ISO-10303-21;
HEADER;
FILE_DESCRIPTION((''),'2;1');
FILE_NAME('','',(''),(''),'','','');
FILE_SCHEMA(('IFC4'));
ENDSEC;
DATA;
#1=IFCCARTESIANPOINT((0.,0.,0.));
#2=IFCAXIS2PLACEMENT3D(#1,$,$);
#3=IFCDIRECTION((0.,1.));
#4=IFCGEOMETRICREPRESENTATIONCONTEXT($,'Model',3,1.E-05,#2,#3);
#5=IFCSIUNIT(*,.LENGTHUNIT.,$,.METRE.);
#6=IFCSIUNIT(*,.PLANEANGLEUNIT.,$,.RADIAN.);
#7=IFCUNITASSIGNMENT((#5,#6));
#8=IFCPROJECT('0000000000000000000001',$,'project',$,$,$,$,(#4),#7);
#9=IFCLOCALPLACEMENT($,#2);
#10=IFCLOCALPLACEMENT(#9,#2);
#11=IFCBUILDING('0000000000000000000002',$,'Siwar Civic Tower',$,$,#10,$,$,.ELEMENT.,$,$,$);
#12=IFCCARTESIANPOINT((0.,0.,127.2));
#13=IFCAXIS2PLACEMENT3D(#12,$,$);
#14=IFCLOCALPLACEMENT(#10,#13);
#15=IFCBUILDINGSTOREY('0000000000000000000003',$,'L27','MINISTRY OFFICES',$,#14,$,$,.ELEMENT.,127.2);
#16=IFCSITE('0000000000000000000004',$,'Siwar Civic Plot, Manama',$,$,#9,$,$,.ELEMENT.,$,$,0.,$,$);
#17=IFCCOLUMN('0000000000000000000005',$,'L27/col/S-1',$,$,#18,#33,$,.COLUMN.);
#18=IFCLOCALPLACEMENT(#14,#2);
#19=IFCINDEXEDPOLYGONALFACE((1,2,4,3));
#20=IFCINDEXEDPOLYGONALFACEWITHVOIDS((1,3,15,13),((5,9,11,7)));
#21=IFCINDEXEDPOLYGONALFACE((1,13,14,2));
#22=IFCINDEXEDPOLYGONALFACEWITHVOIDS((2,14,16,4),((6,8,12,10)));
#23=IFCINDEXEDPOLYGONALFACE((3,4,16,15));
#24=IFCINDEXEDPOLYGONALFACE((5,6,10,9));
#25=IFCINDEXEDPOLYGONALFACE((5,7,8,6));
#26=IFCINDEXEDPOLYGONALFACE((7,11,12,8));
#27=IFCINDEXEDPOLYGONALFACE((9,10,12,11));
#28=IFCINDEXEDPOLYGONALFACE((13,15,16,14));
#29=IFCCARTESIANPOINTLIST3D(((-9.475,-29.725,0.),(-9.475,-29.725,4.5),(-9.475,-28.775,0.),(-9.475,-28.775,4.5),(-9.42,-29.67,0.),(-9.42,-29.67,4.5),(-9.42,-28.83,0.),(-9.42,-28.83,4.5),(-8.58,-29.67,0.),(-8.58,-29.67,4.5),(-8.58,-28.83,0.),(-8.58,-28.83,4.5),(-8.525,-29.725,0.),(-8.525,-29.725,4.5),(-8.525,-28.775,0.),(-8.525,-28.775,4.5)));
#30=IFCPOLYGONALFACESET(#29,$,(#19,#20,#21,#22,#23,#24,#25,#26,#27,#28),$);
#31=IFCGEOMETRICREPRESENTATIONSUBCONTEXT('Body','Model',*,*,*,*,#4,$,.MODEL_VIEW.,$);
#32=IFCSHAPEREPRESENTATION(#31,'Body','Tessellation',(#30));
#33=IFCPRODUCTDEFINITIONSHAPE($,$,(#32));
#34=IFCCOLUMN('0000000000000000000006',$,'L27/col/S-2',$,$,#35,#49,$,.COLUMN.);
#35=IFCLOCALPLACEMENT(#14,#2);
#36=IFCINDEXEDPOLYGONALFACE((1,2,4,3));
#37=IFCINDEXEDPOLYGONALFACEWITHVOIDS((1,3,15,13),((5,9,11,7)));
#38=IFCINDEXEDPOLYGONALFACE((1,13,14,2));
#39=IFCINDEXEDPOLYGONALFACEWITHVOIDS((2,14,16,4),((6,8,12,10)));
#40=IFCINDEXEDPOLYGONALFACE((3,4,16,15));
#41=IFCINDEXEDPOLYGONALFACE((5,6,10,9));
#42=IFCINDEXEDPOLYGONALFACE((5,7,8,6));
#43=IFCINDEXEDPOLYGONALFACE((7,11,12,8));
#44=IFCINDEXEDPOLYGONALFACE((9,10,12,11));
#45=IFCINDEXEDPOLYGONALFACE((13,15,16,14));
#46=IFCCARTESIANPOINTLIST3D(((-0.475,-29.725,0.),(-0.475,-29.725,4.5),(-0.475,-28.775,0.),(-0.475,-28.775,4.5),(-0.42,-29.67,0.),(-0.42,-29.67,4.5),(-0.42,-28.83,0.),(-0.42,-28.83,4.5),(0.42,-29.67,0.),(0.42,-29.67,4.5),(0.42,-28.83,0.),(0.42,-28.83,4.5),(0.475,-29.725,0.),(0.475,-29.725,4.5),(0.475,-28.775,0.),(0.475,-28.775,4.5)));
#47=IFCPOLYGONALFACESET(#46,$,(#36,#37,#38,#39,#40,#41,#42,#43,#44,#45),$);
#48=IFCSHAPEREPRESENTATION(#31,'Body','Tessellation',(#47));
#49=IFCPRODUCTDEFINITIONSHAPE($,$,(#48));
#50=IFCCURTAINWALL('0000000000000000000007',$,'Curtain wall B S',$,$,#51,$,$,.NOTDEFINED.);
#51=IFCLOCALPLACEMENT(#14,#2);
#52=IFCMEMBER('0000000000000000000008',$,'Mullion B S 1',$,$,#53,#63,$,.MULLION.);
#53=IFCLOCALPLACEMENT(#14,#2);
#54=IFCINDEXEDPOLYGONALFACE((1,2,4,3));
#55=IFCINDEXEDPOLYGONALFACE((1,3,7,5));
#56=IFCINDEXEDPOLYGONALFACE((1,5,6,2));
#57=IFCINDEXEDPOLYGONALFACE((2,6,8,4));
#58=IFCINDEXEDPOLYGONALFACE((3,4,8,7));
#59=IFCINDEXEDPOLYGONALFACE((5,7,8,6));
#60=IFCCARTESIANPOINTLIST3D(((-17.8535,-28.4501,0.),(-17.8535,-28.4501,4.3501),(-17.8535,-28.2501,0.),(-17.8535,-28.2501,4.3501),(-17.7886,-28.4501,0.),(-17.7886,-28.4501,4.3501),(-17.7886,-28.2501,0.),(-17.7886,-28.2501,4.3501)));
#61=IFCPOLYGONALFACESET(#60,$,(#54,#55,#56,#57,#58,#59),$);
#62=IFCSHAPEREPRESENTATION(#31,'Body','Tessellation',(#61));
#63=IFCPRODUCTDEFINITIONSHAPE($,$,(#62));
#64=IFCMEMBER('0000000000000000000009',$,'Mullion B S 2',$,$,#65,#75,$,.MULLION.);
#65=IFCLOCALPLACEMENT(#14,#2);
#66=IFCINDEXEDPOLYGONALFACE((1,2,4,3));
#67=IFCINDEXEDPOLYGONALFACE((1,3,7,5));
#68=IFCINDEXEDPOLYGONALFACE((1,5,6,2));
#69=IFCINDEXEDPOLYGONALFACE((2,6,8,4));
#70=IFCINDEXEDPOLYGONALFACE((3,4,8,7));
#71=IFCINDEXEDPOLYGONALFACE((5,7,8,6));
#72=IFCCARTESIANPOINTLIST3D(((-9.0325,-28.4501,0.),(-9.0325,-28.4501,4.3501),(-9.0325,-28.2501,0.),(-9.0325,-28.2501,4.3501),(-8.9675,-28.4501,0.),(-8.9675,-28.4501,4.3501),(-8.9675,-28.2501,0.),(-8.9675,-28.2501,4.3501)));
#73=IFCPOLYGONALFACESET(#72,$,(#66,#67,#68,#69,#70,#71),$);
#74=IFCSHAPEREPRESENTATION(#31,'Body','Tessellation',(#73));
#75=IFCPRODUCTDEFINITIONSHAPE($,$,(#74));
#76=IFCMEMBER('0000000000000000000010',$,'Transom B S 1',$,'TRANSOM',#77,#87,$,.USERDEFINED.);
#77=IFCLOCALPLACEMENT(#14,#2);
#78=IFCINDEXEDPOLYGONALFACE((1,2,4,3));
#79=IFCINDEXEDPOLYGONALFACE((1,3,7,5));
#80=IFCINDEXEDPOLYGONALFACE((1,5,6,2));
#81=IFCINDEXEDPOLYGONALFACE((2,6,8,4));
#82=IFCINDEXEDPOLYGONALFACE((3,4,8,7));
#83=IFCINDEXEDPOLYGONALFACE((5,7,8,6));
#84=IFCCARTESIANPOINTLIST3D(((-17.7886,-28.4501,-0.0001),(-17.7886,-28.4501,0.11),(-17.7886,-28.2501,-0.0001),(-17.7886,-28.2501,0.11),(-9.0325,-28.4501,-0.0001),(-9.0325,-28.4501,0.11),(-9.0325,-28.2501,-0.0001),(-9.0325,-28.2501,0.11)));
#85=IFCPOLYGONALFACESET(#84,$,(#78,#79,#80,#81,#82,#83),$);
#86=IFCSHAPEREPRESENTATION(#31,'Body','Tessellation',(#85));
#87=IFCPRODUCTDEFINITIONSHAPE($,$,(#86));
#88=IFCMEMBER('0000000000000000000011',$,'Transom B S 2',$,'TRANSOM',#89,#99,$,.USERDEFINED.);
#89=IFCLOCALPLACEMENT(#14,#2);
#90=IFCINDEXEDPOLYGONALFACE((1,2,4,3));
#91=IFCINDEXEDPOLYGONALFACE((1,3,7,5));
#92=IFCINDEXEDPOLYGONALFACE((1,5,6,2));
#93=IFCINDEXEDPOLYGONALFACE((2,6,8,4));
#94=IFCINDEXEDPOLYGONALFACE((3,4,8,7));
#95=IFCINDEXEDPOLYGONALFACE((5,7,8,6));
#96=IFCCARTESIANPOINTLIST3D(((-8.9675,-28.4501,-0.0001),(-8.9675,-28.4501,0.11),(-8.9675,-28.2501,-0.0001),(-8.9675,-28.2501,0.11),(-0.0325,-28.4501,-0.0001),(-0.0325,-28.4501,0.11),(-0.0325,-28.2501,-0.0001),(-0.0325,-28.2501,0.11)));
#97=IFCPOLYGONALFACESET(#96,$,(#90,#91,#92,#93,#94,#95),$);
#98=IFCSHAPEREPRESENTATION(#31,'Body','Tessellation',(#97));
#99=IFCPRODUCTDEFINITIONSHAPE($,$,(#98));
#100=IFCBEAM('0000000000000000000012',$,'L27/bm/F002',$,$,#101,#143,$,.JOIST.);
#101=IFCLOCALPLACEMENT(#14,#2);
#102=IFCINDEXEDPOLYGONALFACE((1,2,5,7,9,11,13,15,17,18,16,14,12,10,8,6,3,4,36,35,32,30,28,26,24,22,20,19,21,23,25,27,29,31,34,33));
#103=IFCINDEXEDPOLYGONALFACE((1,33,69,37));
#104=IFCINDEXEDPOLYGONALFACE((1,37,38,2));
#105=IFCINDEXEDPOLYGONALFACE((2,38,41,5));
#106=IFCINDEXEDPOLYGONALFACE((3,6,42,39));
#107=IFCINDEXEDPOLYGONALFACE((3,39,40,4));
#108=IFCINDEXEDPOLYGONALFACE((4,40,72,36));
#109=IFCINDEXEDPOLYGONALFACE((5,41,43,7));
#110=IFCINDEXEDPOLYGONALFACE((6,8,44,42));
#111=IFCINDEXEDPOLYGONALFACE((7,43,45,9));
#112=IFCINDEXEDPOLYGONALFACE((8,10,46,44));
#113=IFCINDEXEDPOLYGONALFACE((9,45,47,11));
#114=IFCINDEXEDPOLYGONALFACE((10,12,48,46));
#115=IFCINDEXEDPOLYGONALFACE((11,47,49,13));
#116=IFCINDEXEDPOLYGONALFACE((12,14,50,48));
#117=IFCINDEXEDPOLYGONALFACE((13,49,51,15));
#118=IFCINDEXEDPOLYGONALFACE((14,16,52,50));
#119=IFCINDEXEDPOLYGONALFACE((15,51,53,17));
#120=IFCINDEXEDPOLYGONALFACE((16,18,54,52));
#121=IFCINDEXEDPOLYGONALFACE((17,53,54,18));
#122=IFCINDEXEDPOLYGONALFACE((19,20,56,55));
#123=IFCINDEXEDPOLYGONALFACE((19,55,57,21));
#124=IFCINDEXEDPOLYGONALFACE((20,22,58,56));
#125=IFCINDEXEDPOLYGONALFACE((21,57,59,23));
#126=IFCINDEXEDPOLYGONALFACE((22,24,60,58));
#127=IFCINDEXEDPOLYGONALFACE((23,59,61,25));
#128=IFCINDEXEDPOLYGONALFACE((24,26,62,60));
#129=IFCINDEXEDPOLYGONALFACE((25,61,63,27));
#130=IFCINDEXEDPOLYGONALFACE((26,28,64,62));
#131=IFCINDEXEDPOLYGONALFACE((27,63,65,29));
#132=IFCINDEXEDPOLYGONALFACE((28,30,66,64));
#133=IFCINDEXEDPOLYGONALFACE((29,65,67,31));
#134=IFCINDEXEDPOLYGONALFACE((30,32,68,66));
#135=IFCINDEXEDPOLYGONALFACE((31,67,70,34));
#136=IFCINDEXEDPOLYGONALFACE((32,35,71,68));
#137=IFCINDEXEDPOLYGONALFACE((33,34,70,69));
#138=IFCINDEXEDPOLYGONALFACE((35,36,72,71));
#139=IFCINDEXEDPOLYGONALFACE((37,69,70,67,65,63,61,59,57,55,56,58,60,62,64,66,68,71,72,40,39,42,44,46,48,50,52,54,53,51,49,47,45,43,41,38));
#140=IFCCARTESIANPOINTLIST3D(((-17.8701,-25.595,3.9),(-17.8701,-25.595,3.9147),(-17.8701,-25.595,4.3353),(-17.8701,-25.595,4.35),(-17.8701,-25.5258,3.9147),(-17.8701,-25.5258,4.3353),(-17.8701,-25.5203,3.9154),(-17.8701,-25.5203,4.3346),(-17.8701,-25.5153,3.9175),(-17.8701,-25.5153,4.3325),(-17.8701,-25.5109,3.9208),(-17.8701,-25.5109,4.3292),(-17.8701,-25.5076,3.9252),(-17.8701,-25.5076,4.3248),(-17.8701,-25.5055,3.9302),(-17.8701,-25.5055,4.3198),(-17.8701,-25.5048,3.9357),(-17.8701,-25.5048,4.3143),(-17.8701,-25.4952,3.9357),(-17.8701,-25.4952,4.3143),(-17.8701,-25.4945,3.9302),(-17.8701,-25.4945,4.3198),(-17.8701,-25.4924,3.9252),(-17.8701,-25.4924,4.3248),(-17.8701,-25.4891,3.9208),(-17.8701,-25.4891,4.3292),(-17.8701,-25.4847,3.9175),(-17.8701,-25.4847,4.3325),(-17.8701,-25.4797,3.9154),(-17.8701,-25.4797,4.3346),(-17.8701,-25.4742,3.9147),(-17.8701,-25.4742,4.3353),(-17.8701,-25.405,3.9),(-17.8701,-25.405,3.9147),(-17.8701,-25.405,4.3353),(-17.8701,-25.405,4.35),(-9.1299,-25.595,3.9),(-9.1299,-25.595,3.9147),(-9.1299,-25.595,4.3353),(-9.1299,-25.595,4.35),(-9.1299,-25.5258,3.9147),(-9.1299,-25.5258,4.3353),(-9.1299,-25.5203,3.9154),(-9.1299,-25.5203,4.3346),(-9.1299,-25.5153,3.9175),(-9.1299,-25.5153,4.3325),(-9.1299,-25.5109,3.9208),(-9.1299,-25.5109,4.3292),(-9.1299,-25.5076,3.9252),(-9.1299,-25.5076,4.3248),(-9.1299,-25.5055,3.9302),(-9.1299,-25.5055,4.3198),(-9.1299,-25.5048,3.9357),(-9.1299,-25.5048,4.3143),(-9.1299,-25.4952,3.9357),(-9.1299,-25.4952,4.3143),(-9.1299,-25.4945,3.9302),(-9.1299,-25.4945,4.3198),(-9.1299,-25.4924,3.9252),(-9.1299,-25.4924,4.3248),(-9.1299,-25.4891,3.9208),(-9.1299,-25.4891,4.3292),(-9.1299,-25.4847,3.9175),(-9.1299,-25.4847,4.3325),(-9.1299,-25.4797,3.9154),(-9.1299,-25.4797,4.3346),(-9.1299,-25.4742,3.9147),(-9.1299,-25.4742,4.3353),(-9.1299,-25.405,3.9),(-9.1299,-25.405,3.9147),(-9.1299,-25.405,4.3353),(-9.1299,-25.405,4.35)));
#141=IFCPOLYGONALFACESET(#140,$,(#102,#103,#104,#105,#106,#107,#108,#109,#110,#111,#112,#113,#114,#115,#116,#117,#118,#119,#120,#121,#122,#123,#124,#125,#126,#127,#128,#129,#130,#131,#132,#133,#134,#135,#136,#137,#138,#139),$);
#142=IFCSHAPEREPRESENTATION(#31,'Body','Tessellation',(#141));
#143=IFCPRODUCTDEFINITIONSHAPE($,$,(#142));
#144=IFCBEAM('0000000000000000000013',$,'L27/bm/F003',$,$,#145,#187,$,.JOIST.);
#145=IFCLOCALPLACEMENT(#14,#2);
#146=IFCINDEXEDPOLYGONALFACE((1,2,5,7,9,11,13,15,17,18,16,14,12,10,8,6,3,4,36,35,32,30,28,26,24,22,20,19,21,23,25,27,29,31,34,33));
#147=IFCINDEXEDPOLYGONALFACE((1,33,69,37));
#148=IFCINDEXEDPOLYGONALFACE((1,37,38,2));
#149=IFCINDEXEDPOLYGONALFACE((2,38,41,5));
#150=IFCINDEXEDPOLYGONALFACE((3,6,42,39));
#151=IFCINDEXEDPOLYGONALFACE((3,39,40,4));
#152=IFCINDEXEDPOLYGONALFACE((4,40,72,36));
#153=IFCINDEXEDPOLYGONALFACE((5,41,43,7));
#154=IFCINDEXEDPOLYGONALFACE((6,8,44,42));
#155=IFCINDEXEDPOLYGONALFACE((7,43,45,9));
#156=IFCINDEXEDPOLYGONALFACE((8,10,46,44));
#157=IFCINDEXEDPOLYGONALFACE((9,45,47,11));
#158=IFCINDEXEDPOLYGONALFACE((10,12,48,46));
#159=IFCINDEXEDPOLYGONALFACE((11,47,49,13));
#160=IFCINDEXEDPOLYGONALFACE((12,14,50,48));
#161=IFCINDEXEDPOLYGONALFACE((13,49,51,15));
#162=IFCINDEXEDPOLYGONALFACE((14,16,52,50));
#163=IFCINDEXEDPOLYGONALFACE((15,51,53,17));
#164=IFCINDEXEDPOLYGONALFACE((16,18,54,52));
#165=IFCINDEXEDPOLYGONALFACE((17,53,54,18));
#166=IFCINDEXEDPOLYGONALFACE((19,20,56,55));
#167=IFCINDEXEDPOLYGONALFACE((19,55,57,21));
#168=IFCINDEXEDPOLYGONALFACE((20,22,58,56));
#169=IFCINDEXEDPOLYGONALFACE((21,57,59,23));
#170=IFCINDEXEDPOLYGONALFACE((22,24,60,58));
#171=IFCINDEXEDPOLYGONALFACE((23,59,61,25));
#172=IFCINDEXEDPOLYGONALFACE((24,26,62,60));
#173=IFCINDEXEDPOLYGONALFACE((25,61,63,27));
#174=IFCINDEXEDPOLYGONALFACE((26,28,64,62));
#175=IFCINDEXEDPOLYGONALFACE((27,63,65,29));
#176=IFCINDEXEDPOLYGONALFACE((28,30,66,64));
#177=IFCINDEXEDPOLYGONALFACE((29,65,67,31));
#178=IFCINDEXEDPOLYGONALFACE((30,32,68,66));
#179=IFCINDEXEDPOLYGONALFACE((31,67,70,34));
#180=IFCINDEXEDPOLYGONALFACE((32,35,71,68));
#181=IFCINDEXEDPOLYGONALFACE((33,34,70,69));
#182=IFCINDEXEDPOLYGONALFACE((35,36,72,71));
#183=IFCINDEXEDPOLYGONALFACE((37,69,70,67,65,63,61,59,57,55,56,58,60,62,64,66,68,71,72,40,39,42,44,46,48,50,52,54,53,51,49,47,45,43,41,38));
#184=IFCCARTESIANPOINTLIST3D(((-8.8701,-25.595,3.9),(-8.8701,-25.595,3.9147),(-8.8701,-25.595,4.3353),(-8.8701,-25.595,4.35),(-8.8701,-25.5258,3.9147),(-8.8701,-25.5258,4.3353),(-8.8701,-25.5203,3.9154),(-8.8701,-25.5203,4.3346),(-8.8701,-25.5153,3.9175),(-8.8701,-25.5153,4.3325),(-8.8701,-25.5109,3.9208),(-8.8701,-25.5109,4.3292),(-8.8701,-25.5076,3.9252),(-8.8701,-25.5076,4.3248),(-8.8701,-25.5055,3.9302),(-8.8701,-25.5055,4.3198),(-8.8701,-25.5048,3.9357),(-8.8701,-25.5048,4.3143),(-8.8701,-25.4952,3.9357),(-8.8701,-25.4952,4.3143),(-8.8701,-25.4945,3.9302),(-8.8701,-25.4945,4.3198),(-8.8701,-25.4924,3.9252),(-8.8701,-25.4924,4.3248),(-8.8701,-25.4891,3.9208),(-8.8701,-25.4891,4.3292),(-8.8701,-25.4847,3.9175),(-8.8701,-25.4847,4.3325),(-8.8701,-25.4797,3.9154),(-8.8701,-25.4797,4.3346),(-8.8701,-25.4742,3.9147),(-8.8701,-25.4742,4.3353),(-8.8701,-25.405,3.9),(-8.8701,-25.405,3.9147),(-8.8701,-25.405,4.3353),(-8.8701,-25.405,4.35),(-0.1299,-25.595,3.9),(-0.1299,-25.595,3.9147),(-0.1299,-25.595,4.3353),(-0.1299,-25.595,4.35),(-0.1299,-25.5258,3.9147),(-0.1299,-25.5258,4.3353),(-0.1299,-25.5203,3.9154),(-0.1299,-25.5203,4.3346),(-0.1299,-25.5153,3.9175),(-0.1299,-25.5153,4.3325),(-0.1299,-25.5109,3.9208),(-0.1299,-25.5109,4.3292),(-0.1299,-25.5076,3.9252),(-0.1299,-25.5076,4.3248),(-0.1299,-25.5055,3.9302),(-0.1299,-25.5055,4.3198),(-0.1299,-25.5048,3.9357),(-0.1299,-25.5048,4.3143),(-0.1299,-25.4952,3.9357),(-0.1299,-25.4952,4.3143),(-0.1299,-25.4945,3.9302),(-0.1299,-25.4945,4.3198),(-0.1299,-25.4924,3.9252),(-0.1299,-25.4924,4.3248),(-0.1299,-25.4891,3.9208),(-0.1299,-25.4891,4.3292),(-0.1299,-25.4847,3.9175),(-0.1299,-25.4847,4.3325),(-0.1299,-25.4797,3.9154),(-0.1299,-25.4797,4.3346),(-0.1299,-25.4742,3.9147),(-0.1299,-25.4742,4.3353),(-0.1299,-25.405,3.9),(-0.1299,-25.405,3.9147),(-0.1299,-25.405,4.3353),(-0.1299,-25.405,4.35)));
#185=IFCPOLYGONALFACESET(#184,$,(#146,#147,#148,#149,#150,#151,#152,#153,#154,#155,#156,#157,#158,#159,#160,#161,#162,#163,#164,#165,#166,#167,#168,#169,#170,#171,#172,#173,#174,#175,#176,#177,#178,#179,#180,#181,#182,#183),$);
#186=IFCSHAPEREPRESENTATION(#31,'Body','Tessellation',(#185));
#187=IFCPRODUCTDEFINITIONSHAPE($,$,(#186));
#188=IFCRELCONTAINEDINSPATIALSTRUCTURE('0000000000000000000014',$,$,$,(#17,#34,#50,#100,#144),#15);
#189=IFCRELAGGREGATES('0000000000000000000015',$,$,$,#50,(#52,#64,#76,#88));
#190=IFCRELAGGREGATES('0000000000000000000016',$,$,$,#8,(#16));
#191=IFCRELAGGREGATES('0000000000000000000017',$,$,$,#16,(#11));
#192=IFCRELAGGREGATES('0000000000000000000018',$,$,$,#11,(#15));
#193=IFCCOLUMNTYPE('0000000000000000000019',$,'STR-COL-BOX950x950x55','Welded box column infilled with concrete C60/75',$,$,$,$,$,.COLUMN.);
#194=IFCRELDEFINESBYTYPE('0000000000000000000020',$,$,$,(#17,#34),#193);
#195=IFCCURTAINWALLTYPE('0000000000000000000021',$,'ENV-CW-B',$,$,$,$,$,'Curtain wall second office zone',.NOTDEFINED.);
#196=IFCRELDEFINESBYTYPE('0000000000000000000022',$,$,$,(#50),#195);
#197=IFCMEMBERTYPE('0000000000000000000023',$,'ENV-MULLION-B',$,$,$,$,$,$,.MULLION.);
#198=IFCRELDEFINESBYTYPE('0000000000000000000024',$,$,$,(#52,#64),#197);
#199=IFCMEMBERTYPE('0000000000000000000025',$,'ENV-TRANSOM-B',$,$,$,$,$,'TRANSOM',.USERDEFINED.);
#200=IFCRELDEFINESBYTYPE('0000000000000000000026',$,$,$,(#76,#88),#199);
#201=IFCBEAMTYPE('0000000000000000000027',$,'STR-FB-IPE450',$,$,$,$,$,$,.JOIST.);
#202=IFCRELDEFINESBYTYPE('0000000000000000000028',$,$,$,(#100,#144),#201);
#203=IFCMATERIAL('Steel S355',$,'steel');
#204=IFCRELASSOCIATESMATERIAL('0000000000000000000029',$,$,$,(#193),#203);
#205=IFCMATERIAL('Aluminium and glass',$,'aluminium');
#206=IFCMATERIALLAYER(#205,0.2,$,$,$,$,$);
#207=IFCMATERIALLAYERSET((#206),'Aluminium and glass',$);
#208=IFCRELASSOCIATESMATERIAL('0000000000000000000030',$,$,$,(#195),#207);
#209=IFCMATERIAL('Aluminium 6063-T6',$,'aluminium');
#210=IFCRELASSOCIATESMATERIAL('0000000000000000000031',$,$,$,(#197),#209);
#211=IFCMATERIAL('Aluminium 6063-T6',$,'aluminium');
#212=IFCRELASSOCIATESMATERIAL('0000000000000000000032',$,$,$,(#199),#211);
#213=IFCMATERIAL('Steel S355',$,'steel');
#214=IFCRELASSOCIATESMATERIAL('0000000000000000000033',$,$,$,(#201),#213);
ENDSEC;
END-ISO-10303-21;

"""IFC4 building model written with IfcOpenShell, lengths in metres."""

from ifc_helpers import new_model, si_unit, direction, frame, origin, origin_2d, place, context, subcontext, project, spatial, rectangle, hollow_rectangle, i_section, extrude, material, layer, layer_set, material_profile, profile_set, type_object, element, aggregate, save


model = new_model("IFC4")

# Units and contexts
model_context = context("Model", 3, precision=1e-05, world=origin(), true_north=direction((0.0, 1.0)))
body_context = subcontext(model_context, "Body", "Model", "MODEL_VIEW")
ifc_project = project(units=[si_unit("LENGTHUNIT", "METRE"), si_unit("PLANEANGLEUNIT", "RADIAN")], contexts=[model_context])

# Site, building, storey
site_placement = place(None, origin())
site = spatial("IfcSite", under=ifc_project, at=site_placement, Name="Siwar Civic Plot, Manama", CompositionType="ELEMENT", RefElevation=0.0)
building_placement = place(site_placement, origin())
building = spatial("IfcBuilding", under=site, at=building_placement, Name="Siwar Civic Tower", CompositionType="ELEMENT")
storey_placement = place(building_placement, frame((0.0, 0.0, 127.2)))
storey = spatial("IfcBuildingStorey", under=building, at=storey_placement, Name="L27", Description="MINISTRY OFFICES", CompositionType="ELEMENT", Elevation=127.2)

# Columns
ifc_material_1 = material(Name="Steel S355", Category="steel")
ifc_material_profile_1 = material_profile(ifc_material_1, hollow_rectangle(XDim=0.95, YDim=0.95, WallThickness=0.0549, at=origin_2d()), Name="BOX950x950x55")
ifc_profile_set_1 = profile_set([ifc_material_profile_1], Name="Steel S355")
column_type = type_object("IfcColumnType", Name="STR-COL-BOX950x950x55", Description="Welded box column infilled with concrete C60/75", PredefinedType="COLUMN", material=ifc_profile_set_1)
for number, where, z_axis, x_axis, name in (
    (1, (-9.0, -29.25, 0.0), (0.0, 0.0, 1.0), (1.0, 0.0, 0.0), "L27/col/S-1"),
    (2, (0.0, -29.25, 0.0), (0.0, 0.0, 1.0), (1.0, 0.0, 0.0), "L27/col/S-2"),
):
    element("IfcColumn", number, at=place(storey_placement, frame(where, z_axis=z_axis, x_axis=x_axis)), inside=storey, type_object=column_type, Name=name, PredefinedType="COLUMN", context=body_context, shape_type="SweptSolid", body=[
        extrude(hollow_rectangle(XDim=0.95, YDim=0.95, WallThickness=0.0549, at=origin_2d()), origin(), (0.0, 0.0, 1.0), 4.5),
    ])

# Curtain wall, members
ifc_material_2 = material(Name="Aluminium and glass", Category="aluminium")
ifc_layer_1 = layer(ifc_material_2, 0.2)
ifc_layer_set_1 = layer_set([ifc_layer_1], Name="Aluminium and glass")
curtain_wall_type = type_object("IfcCurtainWallType", Name="ENV-CW-B", ElementType="Curtain wall second office zone", PredefinedType="NOTDEFINED", material=ifc_layer_set_1)
curtain_wall_placement = place(storey_placement, origin())
curtain_wall = element("IfcCurtainWall", 3, at=curtain_wall_placement, inside=storey, type_object=curtain_wall_type, Name="Curtain wall B S", PredefinedType="NOTDEFINED")
ifc_material_3 = material(Name="Aluminium 6063-T6", Category="aluminium")
ifc_material_profile_2 = material_profile(ifc_material_3, rectangle(XDim=0.2, YDim=0.0649, at=origin_2d()), Name="AL 200x65")
ifc_profile_set_2 = profile_set([ifc_material_profile_2], Name="Aluminium 6063-T6")
member_type_1 = type_object("IfcMemberType", Name="ENV-MULLION-B", PredefinedType="MULLION", material=ifc_profile_set_2)
member_1_placement = place(storey_placement, frame((-17.821, -28.3501, 0.0), z_axis=(0.0, 0.0, 1.0), x_axis=(0.0, 1.0, 0.0)))
member_1 = element("IfcMember", 4, at=member_1_placement, type_object=member_type_1, Name="Mullion B S 1", PredefinedType="MULLION", context=body_context, shape_type="SweptSolid", body=[
    extrude(rectangle(XDim=0.2, YDim=0.0649, at=origin_2d()), origin(), (0.0, 0.0, 1.0), 4.3501),
])
member_2_placement = place(storey_placement, frame((-9.0, -28.3501, 0.0), z_axis=(0.0, 0.0, 1.0), x_axis=(0.0, 1.0, 0.0)))
member_2 = element("IfcMember", 5, at=member_2_placement, type_object=member_type_1, Name="Mullion B S 2", PredefinedType="MULLION", context=body_context, shape_type="SweptSolid", body=[
    extrude(rectangle(XDim=0.2, YDim=0.0649, at=origin_2d()), origin(), (0.0, 0.0, 1.0), 4.3501),
])
ifc_material_4 = material(Name="Aluminium 6063-T6", Category="aluminium")
ifc_material_profile_3 = material_profile(ifc_material_4, rectangle(XDim=0.2, YDim=0.1101, at=origin_2d()), Name="AL 200x110")
ifc_profile_set_3 = profile_set([ifc_material_profile_3], Name="Aluminium 6063-T6")
member_type_2 = type_object("IfcMemberType", Name="ENV-TRANSOM-B", ElementType="TRANSOM", PredefinedType="USERDEFINED", material=ifc_profile_set_3)
member_3_placement = place(storey_placement, frame((-17.7886, -28.3501, 0.0549), z_axis=(1.0, 0.0, 0.0), x_axis=(0.0, 1.0, 0.0)))
member_3 = element("IfcMember", 6, at=member_3_placement, type_object=member_type_2, Name="Transom B S 1", ObjectType="TRANSOM", PredefinedType="USERDEFINED", context=body_context, shape_type="SweptSolid", body=[
    extrude(rectangle(XDim=0.2, YDim=0.1101, at=origin_2d()), origin(), (0.0, 0.0, 1.0), 8.7561),
])
member_4_placement = place(storey_placement, frame((-8.9675, -28.3501, 0.0549), z_axis=(1.0, 0.0, 0.0), x_axis=(0.0, 1.0, 0.0)))
member_4 = element("IfcMember", 7, at=member_4_placement, type_object=member_type_2, Name="Transom B S 2", ObjectType="TRANSOM", PredefinedType="USERDEFINED", context=body_context, shape_type="SweptSolid", body=[
    extrude(rectangle(XDim=0.2, YDim=0.1101, at=origin_2d()), origin(), (0.0, 0.0, 1.0), 8.9351),
])

# Beams
ifc_material_5 = material(Name="Steel S355", Category="steel")
ifc_material_profile_4 = material_profile(ifc_material_5, i_section(OverallWidth=0.1899, OverallDepth=0.45, WebThickness=0.0095, FlangeThickness=0.0146, FilletRadius=0.021, at=origin_2d()), Name="IPE450")
ifc_profile_set_4 = profile_set([ifc_material_profile_4], Name="Steel S355")
beam_type_1 = type_object("IfcBeamType", Name="STR-FB-IPE450", PredefinedType="JOIST", material=ifc_profile_set_4)
for number, where, z_axis, x_axis, name in (
    (8, (-17.8701, -25.5, 4.125), (1.0, 0.0, 0.0), (0.0, 1.0, 0.0), "L27/bm/F002"),
    (9, (-8.8701, -25.5, 4.125), (1.0, 0.0, 0.0), (0.0, 1.0, 0.0), "L27/bm/F003"),
):
    element("IfcBeam", number, at=place(storey_placement, frame(where, z_axis=z_axis, x_axis=x_axis)), inside=storey, type_object=beam_type_1, Name=name, PredefinedType="JOIST", context=body_context, shape_type="SweptSolid", body=[
        extrude(i_section(OverallWidth=0.1899, OverallDepth=0.45, WebThickness=0.0095, FlangeThickness=0.0146, FilletRadius=0.021, at=origin_2d()), origin(), (0.0, 0.0, 1.0), 8.7402),
    ])

aggregate(curtain_wall, [member_1, member_2, member_3, member_4])

save(model, "model.ifc")
